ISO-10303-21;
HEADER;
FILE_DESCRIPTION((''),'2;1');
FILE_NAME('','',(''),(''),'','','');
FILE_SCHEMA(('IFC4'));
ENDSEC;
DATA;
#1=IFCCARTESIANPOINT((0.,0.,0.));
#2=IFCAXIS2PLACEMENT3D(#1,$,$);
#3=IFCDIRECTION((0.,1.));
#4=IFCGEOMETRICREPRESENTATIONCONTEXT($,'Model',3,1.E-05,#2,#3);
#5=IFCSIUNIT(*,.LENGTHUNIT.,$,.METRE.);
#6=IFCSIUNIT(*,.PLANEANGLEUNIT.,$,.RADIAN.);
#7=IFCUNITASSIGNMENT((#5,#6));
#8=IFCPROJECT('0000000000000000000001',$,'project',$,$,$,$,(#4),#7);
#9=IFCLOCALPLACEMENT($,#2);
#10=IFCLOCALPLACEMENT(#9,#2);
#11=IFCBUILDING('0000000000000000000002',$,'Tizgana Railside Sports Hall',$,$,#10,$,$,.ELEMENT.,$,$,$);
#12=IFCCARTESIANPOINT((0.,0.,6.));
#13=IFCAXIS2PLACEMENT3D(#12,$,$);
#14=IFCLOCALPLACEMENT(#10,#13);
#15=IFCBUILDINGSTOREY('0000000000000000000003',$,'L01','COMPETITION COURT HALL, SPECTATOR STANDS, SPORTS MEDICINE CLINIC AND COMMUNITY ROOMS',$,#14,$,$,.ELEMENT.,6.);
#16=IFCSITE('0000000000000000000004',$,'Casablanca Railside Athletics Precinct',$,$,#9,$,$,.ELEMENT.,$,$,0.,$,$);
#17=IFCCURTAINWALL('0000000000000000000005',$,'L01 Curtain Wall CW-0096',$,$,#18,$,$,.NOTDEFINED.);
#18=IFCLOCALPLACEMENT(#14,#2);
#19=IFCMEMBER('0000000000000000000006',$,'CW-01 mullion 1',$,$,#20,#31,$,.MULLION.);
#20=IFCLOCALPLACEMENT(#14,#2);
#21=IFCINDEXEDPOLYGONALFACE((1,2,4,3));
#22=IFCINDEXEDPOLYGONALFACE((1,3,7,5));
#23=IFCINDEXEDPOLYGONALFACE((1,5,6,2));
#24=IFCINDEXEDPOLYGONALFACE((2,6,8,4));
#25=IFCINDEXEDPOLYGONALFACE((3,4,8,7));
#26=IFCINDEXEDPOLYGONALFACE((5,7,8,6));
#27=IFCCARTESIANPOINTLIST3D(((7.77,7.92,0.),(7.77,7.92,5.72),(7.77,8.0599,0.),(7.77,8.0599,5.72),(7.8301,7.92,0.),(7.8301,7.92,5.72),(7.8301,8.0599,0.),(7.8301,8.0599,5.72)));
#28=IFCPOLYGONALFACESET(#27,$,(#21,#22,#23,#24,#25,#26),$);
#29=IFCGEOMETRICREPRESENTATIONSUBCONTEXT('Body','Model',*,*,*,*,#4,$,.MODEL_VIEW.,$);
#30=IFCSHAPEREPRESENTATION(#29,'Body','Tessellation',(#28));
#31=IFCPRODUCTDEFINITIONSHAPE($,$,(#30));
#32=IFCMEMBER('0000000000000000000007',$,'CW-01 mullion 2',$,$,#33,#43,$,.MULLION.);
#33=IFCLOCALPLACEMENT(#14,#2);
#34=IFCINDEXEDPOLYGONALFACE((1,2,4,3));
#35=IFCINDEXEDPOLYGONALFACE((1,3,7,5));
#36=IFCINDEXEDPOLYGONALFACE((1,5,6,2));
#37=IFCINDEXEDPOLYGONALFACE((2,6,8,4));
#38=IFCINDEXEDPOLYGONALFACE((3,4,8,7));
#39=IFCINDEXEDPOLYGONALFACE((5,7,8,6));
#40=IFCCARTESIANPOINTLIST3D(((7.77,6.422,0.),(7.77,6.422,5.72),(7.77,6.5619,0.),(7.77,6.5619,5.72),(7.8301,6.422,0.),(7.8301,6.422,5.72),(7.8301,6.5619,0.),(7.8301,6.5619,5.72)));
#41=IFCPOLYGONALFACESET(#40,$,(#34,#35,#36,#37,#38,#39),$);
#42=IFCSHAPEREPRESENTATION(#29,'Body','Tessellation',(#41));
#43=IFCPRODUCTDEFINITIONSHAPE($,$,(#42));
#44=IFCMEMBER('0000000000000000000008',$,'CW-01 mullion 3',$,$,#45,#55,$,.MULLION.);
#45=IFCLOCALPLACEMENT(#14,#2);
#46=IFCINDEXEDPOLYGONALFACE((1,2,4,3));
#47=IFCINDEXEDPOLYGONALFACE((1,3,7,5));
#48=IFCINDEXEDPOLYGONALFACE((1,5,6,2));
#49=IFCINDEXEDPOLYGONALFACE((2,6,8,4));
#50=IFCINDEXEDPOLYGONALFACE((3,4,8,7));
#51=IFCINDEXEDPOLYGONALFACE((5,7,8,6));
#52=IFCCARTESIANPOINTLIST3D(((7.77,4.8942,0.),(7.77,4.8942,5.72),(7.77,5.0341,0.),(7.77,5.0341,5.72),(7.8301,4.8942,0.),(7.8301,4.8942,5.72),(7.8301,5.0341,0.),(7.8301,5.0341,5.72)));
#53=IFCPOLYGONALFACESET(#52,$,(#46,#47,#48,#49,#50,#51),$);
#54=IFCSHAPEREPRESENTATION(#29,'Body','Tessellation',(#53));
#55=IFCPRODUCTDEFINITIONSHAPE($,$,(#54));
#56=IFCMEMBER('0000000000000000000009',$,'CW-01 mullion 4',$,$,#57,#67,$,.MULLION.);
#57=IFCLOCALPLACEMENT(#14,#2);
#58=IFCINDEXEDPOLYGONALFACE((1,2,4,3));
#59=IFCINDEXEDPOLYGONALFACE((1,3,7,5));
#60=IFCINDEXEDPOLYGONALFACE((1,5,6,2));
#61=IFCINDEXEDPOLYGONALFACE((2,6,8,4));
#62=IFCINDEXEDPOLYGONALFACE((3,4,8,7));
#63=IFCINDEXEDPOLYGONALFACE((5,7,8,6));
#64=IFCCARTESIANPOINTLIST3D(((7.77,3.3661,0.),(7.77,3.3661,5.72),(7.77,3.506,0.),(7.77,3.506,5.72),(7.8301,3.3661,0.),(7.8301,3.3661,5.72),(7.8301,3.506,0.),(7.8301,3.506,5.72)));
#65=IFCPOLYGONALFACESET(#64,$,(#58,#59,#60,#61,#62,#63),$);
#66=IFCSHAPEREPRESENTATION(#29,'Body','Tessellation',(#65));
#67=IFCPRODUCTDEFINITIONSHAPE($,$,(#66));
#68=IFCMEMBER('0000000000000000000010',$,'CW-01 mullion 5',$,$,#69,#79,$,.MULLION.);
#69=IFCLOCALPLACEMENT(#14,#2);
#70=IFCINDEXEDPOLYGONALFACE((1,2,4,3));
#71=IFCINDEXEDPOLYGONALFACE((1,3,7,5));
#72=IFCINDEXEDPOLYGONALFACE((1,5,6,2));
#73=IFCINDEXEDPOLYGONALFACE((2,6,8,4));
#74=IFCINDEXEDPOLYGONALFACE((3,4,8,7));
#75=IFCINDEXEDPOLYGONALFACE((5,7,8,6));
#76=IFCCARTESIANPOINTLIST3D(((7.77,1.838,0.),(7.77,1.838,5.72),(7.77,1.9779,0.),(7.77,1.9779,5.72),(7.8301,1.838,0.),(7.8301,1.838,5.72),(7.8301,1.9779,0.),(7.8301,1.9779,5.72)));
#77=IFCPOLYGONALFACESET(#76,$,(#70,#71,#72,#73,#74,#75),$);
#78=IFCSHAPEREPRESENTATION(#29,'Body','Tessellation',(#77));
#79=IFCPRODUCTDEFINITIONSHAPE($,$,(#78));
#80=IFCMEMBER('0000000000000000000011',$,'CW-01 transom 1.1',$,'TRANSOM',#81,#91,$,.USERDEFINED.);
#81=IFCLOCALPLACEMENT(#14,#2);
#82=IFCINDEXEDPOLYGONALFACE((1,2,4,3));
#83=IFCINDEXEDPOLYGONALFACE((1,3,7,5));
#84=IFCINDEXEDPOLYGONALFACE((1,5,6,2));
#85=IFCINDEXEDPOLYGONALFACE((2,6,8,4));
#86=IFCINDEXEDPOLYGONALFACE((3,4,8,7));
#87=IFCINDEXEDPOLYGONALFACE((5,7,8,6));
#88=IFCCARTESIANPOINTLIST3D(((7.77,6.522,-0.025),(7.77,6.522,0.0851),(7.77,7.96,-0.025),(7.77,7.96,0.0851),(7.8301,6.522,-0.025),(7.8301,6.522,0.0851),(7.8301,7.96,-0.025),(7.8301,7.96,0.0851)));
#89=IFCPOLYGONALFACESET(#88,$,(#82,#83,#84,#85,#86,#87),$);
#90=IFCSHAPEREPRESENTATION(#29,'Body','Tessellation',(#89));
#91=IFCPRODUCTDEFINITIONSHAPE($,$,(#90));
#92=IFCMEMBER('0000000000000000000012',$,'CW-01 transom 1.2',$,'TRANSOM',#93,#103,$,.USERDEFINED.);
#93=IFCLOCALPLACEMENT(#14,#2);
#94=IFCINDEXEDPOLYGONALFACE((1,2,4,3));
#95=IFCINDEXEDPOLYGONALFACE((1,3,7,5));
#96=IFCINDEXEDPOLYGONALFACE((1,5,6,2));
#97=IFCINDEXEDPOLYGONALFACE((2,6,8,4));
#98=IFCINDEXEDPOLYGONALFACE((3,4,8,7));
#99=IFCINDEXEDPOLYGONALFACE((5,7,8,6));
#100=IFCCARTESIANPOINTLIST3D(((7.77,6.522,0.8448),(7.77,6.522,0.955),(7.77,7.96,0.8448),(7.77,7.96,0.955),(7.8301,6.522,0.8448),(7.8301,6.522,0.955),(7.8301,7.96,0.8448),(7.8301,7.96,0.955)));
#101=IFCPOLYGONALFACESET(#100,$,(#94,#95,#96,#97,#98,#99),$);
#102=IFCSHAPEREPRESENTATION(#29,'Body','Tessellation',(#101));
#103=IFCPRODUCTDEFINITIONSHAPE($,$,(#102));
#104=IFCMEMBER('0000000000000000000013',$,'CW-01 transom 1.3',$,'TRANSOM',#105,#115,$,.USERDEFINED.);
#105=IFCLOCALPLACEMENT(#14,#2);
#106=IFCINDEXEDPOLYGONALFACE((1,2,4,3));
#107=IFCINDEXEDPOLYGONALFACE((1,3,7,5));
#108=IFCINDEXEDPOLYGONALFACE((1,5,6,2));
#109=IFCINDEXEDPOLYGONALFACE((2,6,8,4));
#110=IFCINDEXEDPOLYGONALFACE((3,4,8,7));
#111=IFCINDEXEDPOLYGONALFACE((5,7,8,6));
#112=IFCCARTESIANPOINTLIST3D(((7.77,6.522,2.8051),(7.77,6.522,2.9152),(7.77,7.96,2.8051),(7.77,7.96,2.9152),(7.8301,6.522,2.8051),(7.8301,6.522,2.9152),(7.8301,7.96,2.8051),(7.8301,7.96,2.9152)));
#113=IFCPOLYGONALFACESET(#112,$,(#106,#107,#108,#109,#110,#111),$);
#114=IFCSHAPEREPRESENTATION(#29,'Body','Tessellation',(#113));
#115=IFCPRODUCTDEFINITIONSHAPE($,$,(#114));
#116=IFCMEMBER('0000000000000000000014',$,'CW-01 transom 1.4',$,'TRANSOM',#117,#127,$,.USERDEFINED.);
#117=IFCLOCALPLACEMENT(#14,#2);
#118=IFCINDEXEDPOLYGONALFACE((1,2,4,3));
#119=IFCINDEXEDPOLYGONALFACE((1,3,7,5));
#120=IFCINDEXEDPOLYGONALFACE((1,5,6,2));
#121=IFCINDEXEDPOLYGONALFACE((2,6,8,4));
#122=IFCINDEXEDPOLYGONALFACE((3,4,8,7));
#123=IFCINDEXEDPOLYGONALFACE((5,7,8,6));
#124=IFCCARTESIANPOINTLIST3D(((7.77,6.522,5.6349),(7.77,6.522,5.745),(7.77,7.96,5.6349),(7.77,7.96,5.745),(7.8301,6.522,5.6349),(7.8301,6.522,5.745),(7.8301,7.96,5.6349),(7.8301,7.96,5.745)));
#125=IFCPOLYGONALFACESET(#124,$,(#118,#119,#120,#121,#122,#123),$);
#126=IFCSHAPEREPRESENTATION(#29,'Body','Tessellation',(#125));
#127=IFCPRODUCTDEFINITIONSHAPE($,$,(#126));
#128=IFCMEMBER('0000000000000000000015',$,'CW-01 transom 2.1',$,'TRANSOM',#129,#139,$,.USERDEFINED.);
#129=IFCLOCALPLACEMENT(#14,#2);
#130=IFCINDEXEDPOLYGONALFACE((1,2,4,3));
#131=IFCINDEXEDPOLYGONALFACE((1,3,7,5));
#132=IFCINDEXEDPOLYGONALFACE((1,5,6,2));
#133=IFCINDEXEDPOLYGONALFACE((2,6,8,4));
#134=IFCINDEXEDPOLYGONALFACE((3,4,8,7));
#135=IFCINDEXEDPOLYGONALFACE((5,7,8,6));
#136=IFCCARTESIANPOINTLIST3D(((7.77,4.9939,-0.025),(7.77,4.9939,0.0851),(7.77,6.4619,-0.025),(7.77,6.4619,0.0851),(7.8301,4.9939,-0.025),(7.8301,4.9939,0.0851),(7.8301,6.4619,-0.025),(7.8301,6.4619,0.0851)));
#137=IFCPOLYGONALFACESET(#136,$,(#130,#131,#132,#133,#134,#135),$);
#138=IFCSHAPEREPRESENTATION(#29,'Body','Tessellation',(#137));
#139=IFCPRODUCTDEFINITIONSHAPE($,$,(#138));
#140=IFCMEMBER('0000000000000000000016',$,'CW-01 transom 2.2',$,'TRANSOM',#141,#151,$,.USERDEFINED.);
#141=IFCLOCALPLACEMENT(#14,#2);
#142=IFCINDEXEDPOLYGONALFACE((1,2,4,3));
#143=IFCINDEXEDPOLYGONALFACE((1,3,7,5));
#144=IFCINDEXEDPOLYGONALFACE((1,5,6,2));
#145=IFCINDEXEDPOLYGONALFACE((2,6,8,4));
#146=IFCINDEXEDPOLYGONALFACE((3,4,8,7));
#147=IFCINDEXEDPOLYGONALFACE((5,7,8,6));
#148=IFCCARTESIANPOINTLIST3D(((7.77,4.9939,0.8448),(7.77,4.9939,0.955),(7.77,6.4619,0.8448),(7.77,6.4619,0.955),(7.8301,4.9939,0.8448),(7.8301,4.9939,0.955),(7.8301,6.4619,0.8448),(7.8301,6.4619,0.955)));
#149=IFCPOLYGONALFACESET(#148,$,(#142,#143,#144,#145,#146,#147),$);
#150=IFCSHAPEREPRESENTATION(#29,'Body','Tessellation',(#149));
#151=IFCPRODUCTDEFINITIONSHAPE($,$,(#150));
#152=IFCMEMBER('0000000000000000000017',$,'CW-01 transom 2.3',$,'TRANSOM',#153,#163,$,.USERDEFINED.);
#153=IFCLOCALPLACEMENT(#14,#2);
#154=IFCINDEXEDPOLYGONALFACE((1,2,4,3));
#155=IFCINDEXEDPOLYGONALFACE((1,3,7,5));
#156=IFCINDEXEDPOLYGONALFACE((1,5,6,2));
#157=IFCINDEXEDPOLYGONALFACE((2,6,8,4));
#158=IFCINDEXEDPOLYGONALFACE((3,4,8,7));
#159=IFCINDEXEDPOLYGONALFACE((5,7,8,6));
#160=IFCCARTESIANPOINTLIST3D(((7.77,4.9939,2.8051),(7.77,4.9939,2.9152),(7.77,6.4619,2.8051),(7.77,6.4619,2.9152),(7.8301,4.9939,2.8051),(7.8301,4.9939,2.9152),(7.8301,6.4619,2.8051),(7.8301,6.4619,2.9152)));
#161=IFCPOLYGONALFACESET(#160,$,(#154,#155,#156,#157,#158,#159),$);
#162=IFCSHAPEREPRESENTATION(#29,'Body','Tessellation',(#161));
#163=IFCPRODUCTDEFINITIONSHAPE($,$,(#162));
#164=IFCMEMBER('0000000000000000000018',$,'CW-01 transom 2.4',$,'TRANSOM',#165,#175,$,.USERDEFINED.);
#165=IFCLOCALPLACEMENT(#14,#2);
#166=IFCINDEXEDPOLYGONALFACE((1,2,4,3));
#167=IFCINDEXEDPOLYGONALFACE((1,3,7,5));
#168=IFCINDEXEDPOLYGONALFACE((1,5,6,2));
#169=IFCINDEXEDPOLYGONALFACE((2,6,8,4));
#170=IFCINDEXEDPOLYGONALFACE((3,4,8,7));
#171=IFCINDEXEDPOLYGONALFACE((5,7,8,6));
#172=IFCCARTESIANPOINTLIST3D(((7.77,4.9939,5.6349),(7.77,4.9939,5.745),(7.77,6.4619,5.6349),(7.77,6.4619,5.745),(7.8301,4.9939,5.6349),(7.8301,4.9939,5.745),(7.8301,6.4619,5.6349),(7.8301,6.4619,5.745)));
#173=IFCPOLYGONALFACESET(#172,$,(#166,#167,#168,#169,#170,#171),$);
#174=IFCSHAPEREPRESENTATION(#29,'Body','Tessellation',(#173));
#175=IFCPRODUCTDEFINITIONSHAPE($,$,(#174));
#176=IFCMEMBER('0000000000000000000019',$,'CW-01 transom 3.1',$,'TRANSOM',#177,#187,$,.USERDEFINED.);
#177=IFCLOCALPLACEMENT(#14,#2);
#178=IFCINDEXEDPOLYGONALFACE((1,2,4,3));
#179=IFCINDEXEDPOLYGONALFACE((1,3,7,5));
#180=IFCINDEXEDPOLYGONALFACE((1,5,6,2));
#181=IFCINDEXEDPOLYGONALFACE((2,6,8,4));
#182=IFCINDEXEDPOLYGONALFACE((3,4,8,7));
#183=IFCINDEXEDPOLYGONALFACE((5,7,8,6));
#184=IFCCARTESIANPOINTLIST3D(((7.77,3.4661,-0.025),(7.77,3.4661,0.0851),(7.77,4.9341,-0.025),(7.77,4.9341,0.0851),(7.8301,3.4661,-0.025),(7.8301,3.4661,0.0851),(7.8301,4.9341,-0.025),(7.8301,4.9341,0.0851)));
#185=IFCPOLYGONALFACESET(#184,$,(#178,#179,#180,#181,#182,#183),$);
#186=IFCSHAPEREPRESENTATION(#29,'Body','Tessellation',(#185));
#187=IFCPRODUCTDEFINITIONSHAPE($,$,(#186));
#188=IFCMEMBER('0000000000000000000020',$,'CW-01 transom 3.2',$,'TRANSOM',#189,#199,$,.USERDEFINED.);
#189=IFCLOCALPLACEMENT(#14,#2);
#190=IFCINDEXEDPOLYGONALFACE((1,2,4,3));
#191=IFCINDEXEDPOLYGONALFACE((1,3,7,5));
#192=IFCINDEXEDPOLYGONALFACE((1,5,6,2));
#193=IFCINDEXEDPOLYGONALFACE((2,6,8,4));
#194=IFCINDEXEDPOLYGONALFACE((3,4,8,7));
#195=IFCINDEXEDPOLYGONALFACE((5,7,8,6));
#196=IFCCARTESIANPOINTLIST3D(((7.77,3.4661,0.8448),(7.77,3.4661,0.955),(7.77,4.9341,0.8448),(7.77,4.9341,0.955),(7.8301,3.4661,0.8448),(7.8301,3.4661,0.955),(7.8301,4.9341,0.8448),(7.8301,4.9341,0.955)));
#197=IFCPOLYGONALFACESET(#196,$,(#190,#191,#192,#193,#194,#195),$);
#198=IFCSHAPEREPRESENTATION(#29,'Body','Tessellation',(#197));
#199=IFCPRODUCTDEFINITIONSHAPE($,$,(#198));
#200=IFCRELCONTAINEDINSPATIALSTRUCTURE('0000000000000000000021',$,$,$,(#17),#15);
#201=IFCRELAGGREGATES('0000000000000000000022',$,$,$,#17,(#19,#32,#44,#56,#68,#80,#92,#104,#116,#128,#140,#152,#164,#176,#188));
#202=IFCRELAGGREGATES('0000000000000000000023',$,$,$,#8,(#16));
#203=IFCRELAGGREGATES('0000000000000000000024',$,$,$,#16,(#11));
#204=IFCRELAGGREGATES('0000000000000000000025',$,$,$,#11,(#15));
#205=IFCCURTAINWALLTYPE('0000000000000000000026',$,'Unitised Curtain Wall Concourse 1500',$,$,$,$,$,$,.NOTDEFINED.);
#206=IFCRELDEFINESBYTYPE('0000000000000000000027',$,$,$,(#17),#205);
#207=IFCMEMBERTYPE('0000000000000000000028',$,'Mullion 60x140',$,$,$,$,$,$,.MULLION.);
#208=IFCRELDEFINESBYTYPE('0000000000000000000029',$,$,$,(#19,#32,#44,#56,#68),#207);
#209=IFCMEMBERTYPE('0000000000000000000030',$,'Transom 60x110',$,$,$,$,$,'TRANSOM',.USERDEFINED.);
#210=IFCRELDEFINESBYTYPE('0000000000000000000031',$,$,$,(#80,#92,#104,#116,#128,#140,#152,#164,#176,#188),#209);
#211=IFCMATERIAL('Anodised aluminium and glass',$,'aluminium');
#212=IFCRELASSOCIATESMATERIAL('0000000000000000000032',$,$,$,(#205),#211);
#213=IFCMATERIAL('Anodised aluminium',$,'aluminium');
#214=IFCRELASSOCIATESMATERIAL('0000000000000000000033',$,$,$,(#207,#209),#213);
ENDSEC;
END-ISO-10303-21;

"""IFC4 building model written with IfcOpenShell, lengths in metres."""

from ifc_helpers import new_model, si_unit, direction, frame, origin, origin_2d, place, context, subcontext, project, spatial, rectangle, extrude, material, material_profile, profile_set, type_object, element, aggregate, save


model = new_model("IFC4")

# Units and contexts
model_context = context("Model", 3, precision=1e-05, world=origin(), true_north=direction((0.0, 1.0)))
body_context = subcontext(model_context, "Body", "Model", "MODEL_VIEW")
ifc_project = project(units=[si_unit("LENGTHUNIT", "METRE"), si_unit("PLANEANGLEUNIT", "RADIAN")], contexts=[model_context])

# Site, building, storey
site_placement = place(None, origin())
site = spatial("IfcSite", under=ifc_project, at=site_placement, Name="Casablanca Railside Athletics Precinct", CompositionType="ELEMENT", RefElevation=0.0)
building_placement = place(site_placement, origin())
building = spatial("IfcBuilding", under=site, at=building_placement, Name="Tizgana Railside Sports Hall", CompositionType="ELEMENT")
storey_placement = place(building_placement, frame((0.0, 0.0, 6.0)))
storey = spatial("IfcBuildingStorey", under=building, at=storey_placement, Name="L01", Description="COMPETITION COURT HALL, SPECTATOR STANDS, SPORTS MEDICINE CLINIC AND COMMUNITY ROOMS", CompositionType="ELEMENT", Elevation=6.0)

# Curtain wall, members
ifc_material_1 = material(Name="Anodised aluminium and glass", Category="aluminium")
curtain_wall_type = type_object("IfcCurtainWallType", Name="Unitised Curtain Wall Concourse 1500", PredefinedType="NOTDEFINED", material=ifc_material_1)
curtain_wall_placement = place(storey_placement, origin())
curtain_wall = element("IfcCurtainWall", 1, at=curtain_wall_placement, inside=storey, type_object=curtain_wall_type, Name="L01 Curtain Wall CW-0096", PredefinedType="NOTDEFINED")
ifc_material_2 = material(Name="Anodised aluminium", Category="aluminium")
ifc_material_profile_1 = material_profile(ifc_material_2, rectangle(XDim=0.0601, YDim=0.1399, at=origin_2d()), Name="Mullion 60x140")
ifc_profile_set_1 = profile_set([ifc_material_profile_1], Name="Anodised aluminium")
member_type_1 = type_object("IfcMemberType", Name="Mullion 60x140", PredefinedType="MULLION", material=ifc_profile_set_1)
member_1_placement = place(storey_placement, frame((7.8, 7.99, 0.0), z_axis=(0.0, 0.0, 1.0), x_axis=(1.0, 0.0, 0.0)))
member_1 = element("IfcMember", 2, at=member_1_placement, type_object=member_type_1, Name="CW-01 mullion 1", PredefinedType="MULLION", context=body_context, shape_type="SweptSolid", body=[
    extrude(rectangle(XDim=0.0601, YDim=0.1399, at=origin_2d()), origin(), (0.0, 0.0, 1.0), 5.72),
])
member_2_placement = place(storey_placement, frame((7.8, 6.4919, 0.0), z_axis=(0.0, 0.0, 1.0), x_axis=(1.0, 0.0, 0.0)))
member_2 = element("IfcMember", 3, at=member_2_placement, type_object=member_type_1, Name="CW-01 mullion 2", PredefinedType="MULLION", context=body_context, shape_type="SweptSolid", body=[
    extrude(rectangle(XDim=0.0601, YDim=0.1399, at=origin_2d()), origin(), (0.0, 0.0, 1.0), 5.72),
])
member_3_placement = place(storey_placement, frame((7.8, 4.9641, 0.0), z_axis=(0.0, 0.0, 1.0), x_axis=(1.0, 0.0, 0.0)))
member_3 = element("IfcMember", 4, at=member_3_placement, type_object=member_type_1, Name="CW-01 mullion 3", PredefinedType="MULLION", context=body_context, shape_type="SweptSolid", body=[
    extrude(rectangle(XDim=0.0601, YDim=0.1399, at=origin_2d()), origin(), (0.0, 0.0, 1.0), 5.72),
])
member_4_placement = place(storey_placement, frame((7.8, 3.436, 0.0), z_axis=(0.0, 0.0, 1.0), x_axis=(1.0, 0.0, 0.0)))
member_4 = element("IfcMember", 5, at=member_4_placement, type_object=member_type_1, Name="CW-01 mullion 4", PredefinedType="MULLION", context=body_context, shape_type="SweptSolid", body=[
    extrude(rectangle(XDim=0.0601, YDim=0.1399, at=origin_2d()), origin(), (0.0, 0.0, 1.0), 5.72),
])
member_5_placement = place(storey_placement, frame((7.8, 1.908, 0.0), z_axis=(0.0, 0.0, 1.0), x_axis=(1.0, 0.0, 0.0)))
member_5 = element("IfcMember", 6, at=member_5_placement, type_object=member_type_1, Name="CW-01 mullion 5", PredefinedType="MULLION", context=body_context, shape_type="SweptSolid", body=[
    extrude(rectangle(XDim=0.0601, YDim=0.1399, at=origin_2d()), origin(), (0.0, 0.0, 1.0), 5.72),
])
ifc_material_profile_2 = material_profile(ifc_material_2, rectangle(XDim=0.0601, YDim=0.1101, at=origin_2d()), Name="Transom 60x110")
ifc_profile_set_2 = profile_set([ifc_material_profile_2], Name="Anodised aluminium")
member_type_2 = type_object("IfcMemberType", Name="Transom 60x110", ElementType="TRANSOM", PredefinedType="USERDEFINED", material=ifc_profile_set_2)
member_6_placement = place(storey_placement, frame((7.8, 7.96, 0.03), z_axis=(0.0, -1.0, 0.0), x_axis=(1.0, 0.0, 0.0)))
member_6 = element("IfcMember", 7, at=member_6_placement, type_object=member_type_2, Name="CW-01 transom 1.1", ObjectType="TRANSOM", PredefinedType="USERDEFINED", context=body_context, shape_type="SweptSolid", body=[
    extrude(rectangle(XDim=0.0601, YDim=0.1101, at=origin_2d()), origin(), (0.0, 0.0, 1.0), 1.438),
])
member_7_placement = place(storey_placement, frame((7.8, 7.96, 0.8999), z_axis=(0.0, -1.0, 0.0), x_axis=(1.0, 0.0, 0.0)))
member_7 = element("IfcMember", 8, at=member_7_placement, type_object=member_type_2, Name="CW-01 transom 1.2", ObjectType="TRANSOM", PredefinedType="USERDEFINED", context=body_context, shape_type="SweptSolid", body=[
    extrude(rectangle(XDim=0.0601, YDim=0.1101, at=origin_2d()), origin(), (0.0, 0.0, 1.0), 1.438),
])
member_8_placement = place(storey_placement, frame((7.8, 7.96, 2.8601), z_axis=(0.0, -1.0, 0.0), x_axis=(1.0, 0.0, 0.0)))
member_8 = element("IfcMember", 9, at=member_8_placement, type_object=member_type_2, Name="CW-01 transom 1.3", ObjectType="TRANSOM", PredefinedType="USERDEFINED", context=body_context, shape_type="SweptSolid", body=[
    extrude(rectangle(XDim=0.0601, YDim=0.1101, at=origin_2d()), origin(), (0.0, 0.0, 1.0), 1.438),
])
member_9_placement = place(storey_placement, frame((7.8, 7.96, 5.6899), z_axis=(0.0, -1.0, 0.0), x_axis=(1.0, 0.0, 0.0)))
member_9 = element("IfcMember", 10, at=member_9_placement, type_object=member_type_2, Name="CW-01 transom 1.4", ObjectType="TRANSOM", PredefinedType="USERDEFINED", context=body_context, shape_type="SweptSolid", body=[
    extrude(rectangle(XDim=0.0601, YDim=0.1101, at=origin_2d()), origin(), (0.0, 0.0, 1.0), 1.438),
])
member_10_placement = place(storey_placement, frame((7.8, 6.4619, 0.03), z_axis=(0.0, -1.0, 0.0), x_axis=(1.0, 0.0, 0.0)))
member_10 = element("IfcMember", 11, at=member_10_placement, type_object=member_type_2, Name="CW-01 transom 2.1", ObjectType="TRANSOM", PredefinedType="USERDEFINED", context=body_context, shape_type="SweptSolid", body=[
    extrude(rectangle(XDim=0.0601, YDim=0.1101, at=origin_2d()), origin(), (0.0, 0.0, 1.0), 1.468),
])
member_11_placement = place(storey_placement, frame((7.8, 6.4619, 0.8999), z_axis=(0.0, -1.0, 0.0), x_axis=(1.0, 0.0, 0.0)))
member_11 = element("IfcMember", 12, at=member_11_placement, type_object=member_type_2, Name="CW-01 transom 2.2", ObjectType="TRANSOM", PredefinedType="USERDEFINED", context=body_context, shape_type="SweptSolid", body=[
    extrude(rectangle(XDim=0.0601, YDim=0.1101, at=origin_2d()), origin(), (0.0, 0.0, 1.0), 1.468),
])
member_12_placement = place(storey_placement, frame((7.8, 6.4619, 2.8601), z_axis=(0.0, -1.0, 0.0), x_axis=(1.0, 0.0, 0.0)))
member_12 = element("IfcMember", 13, at=member_12_placement, type_object=member_type_2, Name="CW-01 transom 2.3", ObjectType="TRANSOM", PredefinedType="USERDEFINED", context=body_context, shape_type="SweptSolid", body=[
    extrude(rectangle(XDim=0.0601, YDim=0.1101, at=origin_2d()), origin(), (0.0, 0.0, 1.0), 1.468),
])
member_13_placement = place(storey_placement, frame((7.8, 6.4619, 5.6899), z_axis=(0.0, -1.0, 0.0), x_axis=(1.0, 0.0, 0.0)))
member_13 = element("IfcMember", 14, at=member_13_placement, type_object=member_type_2, Name="CW-01 transom 2.4", ObjectType="TRANSOM", PredefinedType="USERDEFINED", context=body_context, shape_type="SweptSolid", body=[
    extrude(rectangle(XDim=0.0601, YDim=0.1101, at=origin_2d()), origin(), (0.0, 0.0, 1.0), 1.468),
])
member_14_placement = place(storey_placement, frame((7.8, 4.9341, 0.03), z_axis=(0.0, -1.0, 0.0), x_axis=(1.0, 0.0, 0.0)))
member_14 = element("IfcMember", 15, at=member_14_placement, type_object=member_type_2, Name="CW-01 transom 3.1", ObjectType="TRANSOM", PredefinedType="USERDEFINED", context=body_context, shape_type="SweptSolid", body=[
    extrude(rectangle(XDim=0.0601, YDim=0.1101, at=origin_2d()), origin(), (0.0, 0.0, 1.0), 1.468),
])
member_15_placement = place(storey_placement, frame((7.8, 4.9341, 0.8999), z_axis=(0.0, -1.0, 0.0), x_axis=(1.0, 0.0, 0.0)))
member_15 = element("IfcMember", 16, at=member_15_placement, type_object=member_type_2, Name="CW-01 transom 3.2", ObjectType="TRANSOM", PredefinedType="USERDEFINED", context=body_context, shape_type="SweptSolid", body=[
    extrude(rectangle(XDim=0.0601, YDim=0.1101, at=origin_2d()), origin(), (0.0, 0.0, 1.0), 1.468),
])
aggregate(curtain_wall, [member_1, member_2, member_3, member_4, member_5, member_6, member_7, member_8, member_9, member_10, member_11, member_12, member_13, member_14, member_15])

save(model, "model.ifc")
